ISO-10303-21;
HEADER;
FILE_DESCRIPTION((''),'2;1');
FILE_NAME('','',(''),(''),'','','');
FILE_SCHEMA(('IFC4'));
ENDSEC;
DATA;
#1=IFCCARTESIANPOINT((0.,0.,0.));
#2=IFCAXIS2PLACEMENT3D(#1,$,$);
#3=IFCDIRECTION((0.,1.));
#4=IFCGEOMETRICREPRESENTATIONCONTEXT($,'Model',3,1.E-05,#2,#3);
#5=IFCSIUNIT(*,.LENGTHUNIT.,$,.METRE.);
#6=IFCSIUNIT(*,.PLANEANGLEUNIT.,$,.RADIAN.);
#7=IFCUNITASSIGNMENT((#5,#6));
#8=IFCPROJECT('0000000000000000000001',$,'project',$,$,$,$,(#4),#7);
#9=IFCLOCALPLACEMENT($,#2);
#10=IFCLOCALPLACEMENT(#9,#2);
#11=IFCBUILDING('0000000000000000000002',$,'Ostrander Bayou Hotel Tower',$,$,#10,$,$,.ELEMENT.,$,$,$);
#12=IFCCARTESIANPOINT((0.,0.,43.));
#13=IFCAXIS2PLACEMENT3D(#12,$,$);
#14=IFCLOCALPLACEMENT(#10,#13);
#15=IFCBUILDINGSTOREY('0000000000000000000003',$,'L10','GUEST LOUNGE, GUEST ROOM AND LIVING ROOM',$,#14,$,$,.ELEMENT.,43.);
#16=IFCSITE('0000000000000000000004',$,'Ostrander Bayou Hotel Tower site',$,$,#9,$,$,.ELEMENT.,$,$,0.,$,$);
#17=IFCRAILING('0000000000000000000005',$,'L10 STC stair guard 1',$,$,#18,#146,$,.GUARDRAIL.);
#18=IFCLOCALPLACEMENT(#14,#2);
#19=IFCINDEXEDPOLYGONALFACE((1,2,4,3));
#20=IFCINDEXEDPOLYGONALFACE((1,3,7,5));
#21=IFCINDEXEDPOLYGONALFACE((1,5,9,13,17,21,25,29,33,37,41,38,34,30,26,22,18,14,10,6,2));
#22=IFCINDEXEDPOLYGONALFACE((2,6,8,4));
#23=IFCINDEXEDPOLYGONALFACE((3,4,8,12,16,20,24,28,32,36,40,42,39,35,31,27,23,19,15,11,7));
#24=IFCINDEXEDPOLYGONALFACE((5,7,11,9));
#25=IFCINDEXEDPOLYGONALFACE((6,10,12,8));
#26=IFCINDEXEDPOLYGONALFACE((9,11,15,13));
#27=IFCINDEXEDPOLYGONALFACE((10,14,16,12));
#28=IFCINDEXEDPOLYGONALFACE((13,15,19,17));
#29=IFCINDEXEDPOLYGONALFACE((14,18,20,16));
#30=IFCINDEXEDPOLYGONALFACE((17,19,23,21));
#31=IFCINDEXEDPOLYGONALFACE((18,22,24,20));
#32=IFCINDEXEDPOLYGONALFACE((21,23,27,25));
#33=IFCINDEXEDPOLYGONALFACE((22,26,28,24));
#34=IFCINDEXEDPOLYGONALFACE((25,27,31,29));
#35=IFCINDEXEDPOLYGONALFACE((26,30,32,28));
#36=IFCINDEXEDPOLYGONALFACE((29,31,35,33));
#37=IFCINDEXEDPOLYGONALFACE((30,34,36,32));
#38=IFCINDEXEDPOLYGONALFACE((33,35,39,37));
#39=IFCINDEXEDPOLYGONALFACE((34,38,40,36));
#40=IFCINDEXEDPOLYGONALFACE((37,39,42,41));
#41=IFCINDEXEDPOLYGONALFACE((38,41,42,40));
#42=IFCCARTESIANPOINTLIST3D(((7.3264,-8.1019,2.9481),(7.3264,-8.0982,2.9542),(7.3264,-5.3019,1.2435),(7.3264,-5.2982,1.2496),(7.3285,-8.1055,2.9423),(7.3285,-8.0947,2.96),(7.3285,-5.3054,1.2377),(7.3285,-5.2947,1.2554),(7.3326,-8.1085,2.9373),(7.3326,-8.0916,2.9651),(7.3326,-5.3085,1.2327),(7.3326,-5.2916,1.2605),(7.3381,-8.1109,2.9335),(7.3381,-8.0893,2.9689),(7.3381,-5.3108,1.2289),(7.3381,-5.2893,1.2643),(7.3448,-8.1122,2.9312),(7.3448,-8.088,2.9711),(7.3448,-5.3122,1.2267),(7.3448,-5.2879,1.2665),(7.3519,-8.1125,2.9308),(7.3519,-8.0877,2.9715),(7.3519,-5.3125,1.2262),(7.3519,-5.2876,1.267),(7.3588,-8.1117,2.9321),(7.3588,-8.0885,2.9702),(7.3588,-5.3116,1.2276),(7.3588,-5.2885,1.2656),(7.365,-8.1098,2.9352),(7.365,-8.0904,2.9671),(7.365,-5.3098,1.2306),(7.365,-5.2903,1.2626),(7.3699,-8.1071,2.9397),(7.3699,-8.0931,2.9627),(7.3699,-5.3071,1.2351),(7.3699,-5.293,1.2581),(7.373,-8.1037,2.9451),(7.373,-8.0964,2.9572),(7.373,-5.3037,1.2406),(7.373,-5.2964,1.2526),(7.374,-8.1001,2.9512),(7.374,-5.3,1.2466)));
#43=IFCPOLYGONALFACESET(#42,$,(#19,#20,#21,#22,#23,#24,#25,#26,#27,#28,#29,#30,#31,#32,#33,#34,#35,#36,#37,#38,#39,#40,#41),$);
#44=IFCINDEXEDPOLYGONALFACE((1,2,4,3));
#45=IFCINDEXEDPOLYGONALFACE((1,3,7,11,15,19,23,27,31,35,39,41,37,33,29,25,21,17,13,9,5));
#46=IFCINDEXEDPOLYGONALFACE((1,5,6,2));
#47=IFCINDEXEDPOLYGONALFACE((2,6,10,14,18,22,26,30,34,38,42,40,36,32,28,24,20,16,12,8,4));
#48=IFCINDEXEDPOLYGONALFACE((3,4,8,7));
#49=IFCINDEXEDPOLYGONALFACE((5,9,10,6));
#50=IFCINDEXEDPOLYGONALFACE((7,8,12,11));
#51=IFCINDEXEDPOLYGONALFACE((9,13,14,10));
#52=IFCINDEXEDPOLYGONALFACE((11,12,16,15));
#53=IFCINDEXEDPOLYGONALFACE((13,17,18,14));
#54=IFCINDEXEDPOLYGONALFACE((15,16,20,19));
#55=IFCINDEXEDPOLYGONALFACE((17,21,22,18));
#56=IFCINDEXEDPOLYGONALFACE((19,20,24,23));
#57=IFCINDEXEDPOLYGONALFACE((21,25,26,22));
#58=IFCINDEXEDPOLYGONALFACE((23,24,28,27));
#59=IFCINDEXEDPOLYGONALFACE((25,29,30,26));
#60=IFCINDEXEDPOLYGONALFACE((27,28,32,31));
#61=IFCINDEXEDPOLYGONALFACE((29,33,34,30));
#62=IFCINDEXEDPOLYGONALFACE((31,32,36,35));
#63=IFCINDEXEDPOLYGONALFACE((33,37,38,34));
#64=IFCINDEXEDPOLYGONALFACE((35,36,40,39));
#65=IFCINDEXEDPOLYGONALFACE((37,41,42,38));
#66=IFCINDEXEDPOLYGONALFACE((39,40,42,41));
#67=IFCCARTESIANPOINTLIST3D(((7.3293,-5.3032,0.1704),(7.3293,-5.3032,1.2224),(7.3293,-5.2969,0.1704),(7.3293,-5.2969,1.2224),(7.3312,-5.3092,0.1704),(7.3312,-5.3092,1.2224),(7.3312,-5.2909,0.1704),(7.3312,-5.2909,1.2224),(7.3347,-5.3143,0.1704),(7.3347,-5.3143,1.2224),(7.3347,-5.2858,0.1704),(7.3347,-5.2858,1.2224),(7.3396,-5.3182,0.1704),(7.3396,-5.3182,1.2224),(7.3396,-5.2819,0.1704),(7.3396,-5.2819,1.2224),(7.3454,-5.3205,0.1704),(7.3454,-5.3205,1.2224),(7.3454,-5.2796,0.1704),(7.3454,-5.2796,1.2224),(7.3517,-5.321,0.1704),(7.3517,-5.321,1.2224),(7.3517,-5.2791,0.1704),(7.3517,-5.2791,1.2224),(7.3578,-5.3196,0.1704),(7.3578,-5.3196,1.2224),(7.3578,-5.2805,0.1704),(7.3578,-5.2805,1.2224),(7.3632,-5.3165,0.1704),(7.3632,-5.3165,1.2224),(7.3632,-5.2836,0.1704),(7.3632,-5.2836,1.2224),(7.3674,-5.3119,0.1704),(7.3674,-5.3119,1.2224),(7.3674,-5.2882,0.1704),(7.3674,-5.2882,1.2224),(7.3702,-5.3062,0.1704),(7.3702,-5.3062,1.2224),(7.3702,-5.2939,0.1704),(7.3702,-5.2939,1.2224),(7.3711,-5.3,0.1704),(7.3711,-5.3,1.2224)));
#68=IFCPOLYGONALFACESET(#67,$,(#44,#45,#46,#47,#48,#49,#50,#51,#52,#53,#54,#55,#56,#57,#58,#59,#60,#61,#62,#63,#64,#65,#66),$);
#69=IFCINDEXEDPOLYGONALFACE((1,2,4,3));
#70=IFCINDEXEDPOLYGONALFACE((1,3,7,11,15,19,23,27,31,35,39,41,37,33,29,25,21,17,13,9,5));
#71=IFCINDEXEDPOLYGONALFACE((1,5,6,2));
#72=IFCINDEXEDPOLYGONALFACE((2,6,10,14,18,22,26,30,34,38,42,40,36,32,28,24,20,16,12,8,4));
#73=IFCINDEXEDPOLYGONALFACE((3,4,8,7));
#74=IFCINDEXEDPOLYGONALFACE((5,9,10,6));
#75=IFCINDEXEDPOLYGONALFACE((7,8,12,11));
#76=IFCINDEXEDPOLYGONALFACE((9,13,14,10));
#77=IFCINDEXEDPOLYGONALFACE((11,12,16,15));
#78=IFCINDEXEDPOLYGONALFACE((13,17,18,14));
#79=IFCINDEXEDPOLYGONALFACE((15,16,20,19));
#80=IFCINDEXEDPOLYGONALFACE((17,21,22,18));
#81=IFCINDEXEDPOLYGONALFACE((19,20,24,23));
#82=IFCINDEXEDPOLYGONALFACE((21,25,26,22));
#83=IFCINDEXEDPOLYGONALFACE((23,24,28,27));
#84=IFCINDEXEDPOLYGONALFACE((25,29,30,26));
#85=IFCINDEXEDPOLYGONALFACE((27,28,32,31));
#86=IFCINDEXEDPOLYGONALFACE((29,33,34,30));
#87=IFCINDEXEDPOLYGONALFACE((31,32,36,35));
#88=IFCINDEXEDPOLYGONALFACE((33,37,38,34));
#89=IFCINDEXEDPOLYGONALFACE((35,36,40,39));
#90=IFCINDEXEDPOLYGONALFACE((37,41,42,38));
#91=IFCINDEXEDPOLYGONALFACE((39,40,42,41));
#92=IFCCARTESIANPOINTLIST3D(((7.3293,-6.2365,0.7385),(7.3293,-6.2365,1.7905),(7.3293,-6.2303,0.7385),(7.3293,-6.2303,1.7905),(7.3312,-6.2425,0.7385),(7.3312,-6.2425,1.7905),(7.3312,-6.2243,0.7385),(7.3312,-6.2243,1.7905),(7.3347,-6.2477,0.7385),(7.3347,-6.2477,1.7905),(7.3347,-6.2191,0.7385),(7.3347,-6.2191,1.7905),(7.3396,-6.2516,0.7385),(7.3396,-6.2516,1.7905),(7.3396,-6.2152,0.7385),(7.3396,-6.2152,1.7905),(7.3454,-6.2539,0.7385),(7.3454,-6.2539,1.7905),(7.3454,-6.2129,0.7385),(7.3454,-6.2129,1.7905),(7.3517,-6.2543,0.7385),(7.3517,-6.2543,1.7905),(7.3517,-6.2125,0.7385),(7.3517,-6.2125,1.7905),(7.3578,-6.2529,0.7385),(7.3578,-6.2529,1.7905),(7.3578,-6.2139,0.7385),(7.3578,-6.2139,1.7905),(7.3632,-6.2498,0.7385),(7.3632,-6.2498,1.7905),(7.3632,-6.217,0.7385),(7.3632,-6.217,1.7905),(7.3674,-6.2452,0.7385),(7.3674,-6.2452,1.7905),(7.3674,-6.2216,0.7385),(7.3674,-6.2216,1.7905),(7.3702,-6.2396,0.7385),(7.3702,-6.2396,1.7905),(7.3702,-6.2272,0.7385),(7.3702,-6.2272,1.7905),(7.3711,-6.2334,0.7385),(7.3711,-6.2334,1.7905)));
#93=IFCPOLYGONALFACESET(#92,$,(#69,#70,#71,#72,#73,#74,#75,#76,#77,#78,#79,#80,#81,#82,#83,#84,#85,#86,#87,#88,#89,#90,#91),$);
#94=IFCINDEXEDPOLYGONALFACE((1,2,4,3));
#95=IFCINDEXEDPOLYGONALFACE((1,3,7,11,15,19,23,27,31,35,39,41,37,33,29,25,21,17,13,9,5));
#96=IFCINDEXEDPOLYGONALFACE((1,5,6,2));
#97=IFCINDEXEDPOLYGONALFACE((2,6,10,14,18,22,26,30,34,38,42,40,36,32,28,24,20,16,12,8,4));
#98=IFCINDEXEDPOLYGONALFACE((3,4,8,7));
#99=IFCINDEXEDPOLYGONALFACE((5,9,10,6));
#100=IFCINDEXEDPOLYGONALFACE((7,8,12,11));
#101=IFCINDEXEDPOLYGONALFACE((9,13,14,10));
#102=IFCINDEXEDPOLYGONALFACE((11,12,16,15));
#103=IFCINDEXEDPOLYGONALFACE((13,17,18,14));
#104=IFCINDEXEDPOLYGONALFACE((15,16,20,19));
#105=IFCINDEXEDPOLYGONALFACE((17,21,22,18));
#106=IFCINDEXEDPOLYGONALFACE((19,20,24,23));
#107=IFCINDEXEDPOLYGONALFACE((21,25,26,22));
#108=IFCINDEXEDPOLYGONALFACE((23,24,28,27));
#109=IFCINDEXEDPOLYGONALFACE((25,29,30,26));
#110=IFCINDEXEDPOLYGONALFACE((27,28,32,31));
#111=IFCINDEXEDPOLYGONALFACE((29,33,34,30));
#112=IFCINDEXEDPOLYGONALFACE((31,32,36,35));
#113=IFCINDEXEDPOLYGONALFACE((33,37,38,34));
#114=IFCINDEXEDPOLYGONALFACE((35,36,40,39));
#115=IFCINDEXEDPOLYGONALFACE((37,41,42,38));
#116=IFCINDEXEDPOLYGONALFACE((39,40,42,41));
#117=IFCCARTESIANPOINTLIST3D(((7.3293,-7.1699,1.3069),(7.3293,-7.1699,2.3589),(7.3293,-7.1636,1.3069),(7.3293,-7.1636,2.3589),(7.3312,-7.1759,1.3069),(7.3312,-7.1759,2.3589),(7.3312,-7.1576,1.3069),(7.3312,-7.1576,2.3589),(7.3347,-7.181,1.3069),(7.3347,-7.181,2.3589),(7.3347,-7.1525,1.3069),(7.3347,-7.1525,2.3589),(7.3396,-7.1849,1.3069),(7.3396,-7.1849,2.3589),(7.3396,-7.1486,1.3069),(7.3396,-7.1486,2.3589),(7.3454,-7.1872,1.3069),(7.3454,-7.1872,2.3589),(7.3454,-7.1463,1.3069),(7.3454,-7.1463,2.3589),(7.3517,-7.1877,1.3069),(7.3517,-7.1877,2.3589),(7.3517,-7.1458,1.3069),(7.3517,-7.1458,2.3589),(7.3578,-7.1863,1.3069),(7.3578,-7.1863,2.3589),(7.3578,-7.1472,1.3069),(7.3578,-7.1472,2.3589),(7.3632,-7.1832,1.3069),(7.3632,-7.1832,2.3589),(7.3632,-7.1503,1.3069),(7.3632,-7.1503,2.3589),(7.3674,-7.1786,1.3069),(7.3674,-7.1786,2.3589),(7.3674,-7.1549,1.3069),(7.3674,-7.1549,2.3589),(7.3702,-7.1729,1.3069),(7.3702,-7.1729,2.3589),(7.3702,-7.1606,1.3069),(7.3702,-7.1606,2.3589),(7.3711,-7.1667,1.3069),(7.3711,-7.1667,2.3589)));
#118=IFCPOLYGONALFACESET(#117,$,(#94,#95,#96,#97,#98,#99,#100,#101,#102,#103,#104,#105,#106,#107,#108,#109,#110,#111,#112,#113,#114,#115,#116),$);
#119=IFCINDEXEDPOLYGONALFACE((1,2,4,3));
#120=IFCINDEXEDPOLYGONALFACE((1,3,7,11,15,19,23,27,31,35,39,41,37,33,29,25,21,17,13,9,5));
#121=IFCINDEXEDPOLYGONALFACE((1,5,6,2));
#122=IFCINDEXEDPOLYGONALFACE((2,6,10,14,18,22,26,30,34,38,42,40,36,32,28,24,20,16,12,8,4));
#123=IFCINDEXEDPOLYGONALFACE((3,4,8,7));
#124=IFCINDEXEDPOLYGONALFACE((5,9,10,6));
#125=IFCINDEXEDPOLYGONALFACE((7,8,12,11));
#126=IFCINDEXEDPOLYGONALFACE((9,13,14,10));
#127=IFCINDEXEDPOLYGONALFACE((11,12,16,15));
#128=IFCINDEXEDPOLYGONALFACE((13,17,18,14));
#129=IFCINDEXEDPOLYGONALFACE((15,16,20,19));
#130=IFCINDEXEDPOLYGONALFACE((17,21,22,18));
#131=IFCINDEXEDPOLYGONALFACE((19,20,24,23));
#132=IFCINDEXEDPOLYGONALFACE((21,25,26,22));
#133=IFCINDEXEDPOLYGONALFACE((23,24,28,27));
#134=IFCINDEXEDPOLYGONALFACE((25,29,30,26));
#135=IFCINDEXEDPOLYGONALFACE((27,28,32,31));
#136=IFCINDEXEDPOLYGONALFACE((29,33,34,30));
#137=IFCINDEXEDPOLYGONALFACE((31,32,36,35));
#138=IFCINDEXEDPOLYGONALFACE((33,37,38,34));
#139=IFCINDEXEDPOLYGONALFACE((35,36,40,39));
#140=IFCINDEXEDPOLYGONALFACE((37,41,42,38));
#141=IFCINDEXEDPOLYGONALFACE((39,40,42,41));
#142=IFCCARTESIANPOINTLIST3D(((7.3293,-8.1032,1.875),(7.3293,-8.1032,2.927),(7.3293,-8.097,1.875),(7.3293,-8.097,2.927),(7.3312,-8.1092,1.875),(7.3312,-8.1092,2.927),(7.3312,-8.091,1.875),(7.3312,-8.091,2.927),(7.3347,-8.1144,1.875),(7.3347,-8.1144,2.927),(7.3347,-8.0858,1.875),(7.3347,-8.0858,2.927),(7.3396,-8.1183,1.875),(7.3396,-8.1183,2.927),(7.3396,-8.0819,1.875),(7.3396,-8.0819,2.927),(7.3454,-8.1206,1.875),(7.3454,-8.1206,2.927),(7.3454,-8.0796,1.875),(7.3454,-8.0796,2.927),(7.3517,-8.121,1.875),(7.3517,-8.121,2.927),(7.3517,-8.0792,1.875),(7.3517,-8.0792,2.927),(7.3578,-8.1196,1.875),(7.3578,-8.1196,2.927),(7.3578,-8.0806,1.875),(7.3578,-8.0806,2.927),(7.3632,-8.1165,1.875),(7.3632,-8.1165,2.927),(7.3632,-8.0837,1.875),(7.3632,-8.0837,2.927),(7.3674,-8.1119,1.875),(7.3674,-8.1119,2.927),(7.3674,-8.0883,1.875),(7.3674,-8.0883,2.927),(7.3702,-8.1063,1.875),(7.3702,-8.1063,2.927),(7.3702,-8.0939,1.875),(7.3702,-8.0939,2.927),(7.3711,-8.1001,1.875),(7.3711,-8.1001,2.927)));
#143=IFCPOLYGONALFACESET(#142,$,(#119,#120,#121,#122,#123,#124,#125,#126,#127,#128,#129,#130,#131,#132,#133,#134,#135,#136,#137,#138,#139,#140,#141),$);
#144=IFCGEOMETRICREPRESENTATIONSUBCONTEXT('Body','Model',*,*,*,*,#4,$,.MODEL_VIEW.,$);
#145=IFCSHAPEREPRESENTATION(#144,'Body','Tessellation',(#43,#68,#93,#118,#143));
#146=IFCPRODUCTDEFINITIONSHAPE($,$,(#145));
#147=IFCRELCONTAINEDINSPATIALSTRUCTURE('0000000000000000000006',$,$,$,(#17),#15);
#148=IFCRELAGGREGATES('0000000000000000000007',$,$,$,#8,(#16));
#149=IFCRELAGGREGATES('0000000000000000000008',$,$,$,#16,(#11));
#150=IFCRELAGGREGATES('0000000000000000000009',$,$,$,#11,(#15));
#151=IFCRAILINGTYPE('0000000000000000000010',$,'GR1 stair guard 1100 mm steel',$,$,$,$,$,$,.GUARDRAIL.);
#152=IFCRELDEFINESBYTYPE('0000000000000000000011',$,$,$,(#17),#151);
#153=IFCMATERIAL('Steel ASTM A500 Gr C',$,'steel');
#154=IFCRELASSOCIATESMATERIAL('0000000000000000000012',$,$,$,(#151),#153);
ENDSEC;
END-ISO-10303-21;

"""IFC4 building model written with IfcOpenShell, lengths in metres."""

from ifc_helpers import new_model, si_unit, direction, frame, origin, origin_2d, place, context, subcontext, project, spatial, circle, extrude, material, type_object, element, save


model = new_model("IFC4")

# Units and contexts
model_context = context("Model", 3, precision=1e-05, world=origin(), true_north=direction((0.0, 1.0)))
body_context = subcontext(model_context, "Body", "Model", "MODEL_VIEW")
ifc_project = project(units=[si_unit("LENGTHUNIT", "METRE"), si_unit("PLANEANGLEUNIT", "RADIAN")], contexts=[model_context])

# Site, building, storey
site_placement = place(None, origin())
site = spatial("IfcSite", under=ifc_project, at=site_placement, Name="Ostrander Bayou Hotel Tower site", CompositionType="ELEMENT", RefElevation=0.0)
building_placement = place(site_placement, origin())
building = spatial("IfcBuilding", under=site, at=building_placement, Name="Ostrander Bayou Hotel Tower", CompositionType="ELEMENT")
storey_placement = place(building_placement, frame((0.0, 0.0, 43.0)))
storey = spatial("IfcBuildingStorey", under=building, at=storey_placement, Name="L10", Description="GUEST LOUNGE, GUEST ROOM AND LIVING ROOM", CompositionType="ELEMENT", Elevation=43.0)

# Railing
ifc_material_1 = material(Name="Steel ASTM A500 Gr C", Category="steel")
railing_type_1 = type_object("IfcRailingType", Name="GR1 stair guard 1100 mm steel", PredefinedType="GUARDRAIL", material=ifc_material_1)
railing_1_placement = place(storey_placement, frame((7.3501, -5.3, 0.1704)))
element("IfcRailing", 1, at=railing_1_placement, inside=storey, type_object=railing_type_1, Name="L10 STC stair guard 1", PredefinedType="GUARDRAIL", context=body_context, shape_type="SweptSolid", body=[
    extrude(circle(Radius=0.0239, at=origin_2d()), frame((0.0, 0.0, 1.0762), z_axis=(0.0, -0.85417, 0.519994), x_axis=(1.0, 0.0, 0.0)), (0.0, 0.0, 1.0), 3.2781),
    extrude(circle(Radius=0.021, at=origin_2d()), origin(), (0.0, 0.0, 1.0), 1.052),
    extrude(circle(Radius=0.021, at=origin_2d()), frame((0.0, -0.9333, 0.5681)), (0.0, 0.0, 1.0), 1.052),
    extrude(circle(Radius=0.021, at=origin_2d()), frame((0.0, -1.8667, 1.1365)), (0.0, 0.0, 1.0), 1.052),
    extrude(circle(Radius=0.021, at=origin_2d()), frame((0.0, -2.8, 1.7046)), (0.0, 0.0, 1.0), 1.052),
])

save(model, "model.ifc")
